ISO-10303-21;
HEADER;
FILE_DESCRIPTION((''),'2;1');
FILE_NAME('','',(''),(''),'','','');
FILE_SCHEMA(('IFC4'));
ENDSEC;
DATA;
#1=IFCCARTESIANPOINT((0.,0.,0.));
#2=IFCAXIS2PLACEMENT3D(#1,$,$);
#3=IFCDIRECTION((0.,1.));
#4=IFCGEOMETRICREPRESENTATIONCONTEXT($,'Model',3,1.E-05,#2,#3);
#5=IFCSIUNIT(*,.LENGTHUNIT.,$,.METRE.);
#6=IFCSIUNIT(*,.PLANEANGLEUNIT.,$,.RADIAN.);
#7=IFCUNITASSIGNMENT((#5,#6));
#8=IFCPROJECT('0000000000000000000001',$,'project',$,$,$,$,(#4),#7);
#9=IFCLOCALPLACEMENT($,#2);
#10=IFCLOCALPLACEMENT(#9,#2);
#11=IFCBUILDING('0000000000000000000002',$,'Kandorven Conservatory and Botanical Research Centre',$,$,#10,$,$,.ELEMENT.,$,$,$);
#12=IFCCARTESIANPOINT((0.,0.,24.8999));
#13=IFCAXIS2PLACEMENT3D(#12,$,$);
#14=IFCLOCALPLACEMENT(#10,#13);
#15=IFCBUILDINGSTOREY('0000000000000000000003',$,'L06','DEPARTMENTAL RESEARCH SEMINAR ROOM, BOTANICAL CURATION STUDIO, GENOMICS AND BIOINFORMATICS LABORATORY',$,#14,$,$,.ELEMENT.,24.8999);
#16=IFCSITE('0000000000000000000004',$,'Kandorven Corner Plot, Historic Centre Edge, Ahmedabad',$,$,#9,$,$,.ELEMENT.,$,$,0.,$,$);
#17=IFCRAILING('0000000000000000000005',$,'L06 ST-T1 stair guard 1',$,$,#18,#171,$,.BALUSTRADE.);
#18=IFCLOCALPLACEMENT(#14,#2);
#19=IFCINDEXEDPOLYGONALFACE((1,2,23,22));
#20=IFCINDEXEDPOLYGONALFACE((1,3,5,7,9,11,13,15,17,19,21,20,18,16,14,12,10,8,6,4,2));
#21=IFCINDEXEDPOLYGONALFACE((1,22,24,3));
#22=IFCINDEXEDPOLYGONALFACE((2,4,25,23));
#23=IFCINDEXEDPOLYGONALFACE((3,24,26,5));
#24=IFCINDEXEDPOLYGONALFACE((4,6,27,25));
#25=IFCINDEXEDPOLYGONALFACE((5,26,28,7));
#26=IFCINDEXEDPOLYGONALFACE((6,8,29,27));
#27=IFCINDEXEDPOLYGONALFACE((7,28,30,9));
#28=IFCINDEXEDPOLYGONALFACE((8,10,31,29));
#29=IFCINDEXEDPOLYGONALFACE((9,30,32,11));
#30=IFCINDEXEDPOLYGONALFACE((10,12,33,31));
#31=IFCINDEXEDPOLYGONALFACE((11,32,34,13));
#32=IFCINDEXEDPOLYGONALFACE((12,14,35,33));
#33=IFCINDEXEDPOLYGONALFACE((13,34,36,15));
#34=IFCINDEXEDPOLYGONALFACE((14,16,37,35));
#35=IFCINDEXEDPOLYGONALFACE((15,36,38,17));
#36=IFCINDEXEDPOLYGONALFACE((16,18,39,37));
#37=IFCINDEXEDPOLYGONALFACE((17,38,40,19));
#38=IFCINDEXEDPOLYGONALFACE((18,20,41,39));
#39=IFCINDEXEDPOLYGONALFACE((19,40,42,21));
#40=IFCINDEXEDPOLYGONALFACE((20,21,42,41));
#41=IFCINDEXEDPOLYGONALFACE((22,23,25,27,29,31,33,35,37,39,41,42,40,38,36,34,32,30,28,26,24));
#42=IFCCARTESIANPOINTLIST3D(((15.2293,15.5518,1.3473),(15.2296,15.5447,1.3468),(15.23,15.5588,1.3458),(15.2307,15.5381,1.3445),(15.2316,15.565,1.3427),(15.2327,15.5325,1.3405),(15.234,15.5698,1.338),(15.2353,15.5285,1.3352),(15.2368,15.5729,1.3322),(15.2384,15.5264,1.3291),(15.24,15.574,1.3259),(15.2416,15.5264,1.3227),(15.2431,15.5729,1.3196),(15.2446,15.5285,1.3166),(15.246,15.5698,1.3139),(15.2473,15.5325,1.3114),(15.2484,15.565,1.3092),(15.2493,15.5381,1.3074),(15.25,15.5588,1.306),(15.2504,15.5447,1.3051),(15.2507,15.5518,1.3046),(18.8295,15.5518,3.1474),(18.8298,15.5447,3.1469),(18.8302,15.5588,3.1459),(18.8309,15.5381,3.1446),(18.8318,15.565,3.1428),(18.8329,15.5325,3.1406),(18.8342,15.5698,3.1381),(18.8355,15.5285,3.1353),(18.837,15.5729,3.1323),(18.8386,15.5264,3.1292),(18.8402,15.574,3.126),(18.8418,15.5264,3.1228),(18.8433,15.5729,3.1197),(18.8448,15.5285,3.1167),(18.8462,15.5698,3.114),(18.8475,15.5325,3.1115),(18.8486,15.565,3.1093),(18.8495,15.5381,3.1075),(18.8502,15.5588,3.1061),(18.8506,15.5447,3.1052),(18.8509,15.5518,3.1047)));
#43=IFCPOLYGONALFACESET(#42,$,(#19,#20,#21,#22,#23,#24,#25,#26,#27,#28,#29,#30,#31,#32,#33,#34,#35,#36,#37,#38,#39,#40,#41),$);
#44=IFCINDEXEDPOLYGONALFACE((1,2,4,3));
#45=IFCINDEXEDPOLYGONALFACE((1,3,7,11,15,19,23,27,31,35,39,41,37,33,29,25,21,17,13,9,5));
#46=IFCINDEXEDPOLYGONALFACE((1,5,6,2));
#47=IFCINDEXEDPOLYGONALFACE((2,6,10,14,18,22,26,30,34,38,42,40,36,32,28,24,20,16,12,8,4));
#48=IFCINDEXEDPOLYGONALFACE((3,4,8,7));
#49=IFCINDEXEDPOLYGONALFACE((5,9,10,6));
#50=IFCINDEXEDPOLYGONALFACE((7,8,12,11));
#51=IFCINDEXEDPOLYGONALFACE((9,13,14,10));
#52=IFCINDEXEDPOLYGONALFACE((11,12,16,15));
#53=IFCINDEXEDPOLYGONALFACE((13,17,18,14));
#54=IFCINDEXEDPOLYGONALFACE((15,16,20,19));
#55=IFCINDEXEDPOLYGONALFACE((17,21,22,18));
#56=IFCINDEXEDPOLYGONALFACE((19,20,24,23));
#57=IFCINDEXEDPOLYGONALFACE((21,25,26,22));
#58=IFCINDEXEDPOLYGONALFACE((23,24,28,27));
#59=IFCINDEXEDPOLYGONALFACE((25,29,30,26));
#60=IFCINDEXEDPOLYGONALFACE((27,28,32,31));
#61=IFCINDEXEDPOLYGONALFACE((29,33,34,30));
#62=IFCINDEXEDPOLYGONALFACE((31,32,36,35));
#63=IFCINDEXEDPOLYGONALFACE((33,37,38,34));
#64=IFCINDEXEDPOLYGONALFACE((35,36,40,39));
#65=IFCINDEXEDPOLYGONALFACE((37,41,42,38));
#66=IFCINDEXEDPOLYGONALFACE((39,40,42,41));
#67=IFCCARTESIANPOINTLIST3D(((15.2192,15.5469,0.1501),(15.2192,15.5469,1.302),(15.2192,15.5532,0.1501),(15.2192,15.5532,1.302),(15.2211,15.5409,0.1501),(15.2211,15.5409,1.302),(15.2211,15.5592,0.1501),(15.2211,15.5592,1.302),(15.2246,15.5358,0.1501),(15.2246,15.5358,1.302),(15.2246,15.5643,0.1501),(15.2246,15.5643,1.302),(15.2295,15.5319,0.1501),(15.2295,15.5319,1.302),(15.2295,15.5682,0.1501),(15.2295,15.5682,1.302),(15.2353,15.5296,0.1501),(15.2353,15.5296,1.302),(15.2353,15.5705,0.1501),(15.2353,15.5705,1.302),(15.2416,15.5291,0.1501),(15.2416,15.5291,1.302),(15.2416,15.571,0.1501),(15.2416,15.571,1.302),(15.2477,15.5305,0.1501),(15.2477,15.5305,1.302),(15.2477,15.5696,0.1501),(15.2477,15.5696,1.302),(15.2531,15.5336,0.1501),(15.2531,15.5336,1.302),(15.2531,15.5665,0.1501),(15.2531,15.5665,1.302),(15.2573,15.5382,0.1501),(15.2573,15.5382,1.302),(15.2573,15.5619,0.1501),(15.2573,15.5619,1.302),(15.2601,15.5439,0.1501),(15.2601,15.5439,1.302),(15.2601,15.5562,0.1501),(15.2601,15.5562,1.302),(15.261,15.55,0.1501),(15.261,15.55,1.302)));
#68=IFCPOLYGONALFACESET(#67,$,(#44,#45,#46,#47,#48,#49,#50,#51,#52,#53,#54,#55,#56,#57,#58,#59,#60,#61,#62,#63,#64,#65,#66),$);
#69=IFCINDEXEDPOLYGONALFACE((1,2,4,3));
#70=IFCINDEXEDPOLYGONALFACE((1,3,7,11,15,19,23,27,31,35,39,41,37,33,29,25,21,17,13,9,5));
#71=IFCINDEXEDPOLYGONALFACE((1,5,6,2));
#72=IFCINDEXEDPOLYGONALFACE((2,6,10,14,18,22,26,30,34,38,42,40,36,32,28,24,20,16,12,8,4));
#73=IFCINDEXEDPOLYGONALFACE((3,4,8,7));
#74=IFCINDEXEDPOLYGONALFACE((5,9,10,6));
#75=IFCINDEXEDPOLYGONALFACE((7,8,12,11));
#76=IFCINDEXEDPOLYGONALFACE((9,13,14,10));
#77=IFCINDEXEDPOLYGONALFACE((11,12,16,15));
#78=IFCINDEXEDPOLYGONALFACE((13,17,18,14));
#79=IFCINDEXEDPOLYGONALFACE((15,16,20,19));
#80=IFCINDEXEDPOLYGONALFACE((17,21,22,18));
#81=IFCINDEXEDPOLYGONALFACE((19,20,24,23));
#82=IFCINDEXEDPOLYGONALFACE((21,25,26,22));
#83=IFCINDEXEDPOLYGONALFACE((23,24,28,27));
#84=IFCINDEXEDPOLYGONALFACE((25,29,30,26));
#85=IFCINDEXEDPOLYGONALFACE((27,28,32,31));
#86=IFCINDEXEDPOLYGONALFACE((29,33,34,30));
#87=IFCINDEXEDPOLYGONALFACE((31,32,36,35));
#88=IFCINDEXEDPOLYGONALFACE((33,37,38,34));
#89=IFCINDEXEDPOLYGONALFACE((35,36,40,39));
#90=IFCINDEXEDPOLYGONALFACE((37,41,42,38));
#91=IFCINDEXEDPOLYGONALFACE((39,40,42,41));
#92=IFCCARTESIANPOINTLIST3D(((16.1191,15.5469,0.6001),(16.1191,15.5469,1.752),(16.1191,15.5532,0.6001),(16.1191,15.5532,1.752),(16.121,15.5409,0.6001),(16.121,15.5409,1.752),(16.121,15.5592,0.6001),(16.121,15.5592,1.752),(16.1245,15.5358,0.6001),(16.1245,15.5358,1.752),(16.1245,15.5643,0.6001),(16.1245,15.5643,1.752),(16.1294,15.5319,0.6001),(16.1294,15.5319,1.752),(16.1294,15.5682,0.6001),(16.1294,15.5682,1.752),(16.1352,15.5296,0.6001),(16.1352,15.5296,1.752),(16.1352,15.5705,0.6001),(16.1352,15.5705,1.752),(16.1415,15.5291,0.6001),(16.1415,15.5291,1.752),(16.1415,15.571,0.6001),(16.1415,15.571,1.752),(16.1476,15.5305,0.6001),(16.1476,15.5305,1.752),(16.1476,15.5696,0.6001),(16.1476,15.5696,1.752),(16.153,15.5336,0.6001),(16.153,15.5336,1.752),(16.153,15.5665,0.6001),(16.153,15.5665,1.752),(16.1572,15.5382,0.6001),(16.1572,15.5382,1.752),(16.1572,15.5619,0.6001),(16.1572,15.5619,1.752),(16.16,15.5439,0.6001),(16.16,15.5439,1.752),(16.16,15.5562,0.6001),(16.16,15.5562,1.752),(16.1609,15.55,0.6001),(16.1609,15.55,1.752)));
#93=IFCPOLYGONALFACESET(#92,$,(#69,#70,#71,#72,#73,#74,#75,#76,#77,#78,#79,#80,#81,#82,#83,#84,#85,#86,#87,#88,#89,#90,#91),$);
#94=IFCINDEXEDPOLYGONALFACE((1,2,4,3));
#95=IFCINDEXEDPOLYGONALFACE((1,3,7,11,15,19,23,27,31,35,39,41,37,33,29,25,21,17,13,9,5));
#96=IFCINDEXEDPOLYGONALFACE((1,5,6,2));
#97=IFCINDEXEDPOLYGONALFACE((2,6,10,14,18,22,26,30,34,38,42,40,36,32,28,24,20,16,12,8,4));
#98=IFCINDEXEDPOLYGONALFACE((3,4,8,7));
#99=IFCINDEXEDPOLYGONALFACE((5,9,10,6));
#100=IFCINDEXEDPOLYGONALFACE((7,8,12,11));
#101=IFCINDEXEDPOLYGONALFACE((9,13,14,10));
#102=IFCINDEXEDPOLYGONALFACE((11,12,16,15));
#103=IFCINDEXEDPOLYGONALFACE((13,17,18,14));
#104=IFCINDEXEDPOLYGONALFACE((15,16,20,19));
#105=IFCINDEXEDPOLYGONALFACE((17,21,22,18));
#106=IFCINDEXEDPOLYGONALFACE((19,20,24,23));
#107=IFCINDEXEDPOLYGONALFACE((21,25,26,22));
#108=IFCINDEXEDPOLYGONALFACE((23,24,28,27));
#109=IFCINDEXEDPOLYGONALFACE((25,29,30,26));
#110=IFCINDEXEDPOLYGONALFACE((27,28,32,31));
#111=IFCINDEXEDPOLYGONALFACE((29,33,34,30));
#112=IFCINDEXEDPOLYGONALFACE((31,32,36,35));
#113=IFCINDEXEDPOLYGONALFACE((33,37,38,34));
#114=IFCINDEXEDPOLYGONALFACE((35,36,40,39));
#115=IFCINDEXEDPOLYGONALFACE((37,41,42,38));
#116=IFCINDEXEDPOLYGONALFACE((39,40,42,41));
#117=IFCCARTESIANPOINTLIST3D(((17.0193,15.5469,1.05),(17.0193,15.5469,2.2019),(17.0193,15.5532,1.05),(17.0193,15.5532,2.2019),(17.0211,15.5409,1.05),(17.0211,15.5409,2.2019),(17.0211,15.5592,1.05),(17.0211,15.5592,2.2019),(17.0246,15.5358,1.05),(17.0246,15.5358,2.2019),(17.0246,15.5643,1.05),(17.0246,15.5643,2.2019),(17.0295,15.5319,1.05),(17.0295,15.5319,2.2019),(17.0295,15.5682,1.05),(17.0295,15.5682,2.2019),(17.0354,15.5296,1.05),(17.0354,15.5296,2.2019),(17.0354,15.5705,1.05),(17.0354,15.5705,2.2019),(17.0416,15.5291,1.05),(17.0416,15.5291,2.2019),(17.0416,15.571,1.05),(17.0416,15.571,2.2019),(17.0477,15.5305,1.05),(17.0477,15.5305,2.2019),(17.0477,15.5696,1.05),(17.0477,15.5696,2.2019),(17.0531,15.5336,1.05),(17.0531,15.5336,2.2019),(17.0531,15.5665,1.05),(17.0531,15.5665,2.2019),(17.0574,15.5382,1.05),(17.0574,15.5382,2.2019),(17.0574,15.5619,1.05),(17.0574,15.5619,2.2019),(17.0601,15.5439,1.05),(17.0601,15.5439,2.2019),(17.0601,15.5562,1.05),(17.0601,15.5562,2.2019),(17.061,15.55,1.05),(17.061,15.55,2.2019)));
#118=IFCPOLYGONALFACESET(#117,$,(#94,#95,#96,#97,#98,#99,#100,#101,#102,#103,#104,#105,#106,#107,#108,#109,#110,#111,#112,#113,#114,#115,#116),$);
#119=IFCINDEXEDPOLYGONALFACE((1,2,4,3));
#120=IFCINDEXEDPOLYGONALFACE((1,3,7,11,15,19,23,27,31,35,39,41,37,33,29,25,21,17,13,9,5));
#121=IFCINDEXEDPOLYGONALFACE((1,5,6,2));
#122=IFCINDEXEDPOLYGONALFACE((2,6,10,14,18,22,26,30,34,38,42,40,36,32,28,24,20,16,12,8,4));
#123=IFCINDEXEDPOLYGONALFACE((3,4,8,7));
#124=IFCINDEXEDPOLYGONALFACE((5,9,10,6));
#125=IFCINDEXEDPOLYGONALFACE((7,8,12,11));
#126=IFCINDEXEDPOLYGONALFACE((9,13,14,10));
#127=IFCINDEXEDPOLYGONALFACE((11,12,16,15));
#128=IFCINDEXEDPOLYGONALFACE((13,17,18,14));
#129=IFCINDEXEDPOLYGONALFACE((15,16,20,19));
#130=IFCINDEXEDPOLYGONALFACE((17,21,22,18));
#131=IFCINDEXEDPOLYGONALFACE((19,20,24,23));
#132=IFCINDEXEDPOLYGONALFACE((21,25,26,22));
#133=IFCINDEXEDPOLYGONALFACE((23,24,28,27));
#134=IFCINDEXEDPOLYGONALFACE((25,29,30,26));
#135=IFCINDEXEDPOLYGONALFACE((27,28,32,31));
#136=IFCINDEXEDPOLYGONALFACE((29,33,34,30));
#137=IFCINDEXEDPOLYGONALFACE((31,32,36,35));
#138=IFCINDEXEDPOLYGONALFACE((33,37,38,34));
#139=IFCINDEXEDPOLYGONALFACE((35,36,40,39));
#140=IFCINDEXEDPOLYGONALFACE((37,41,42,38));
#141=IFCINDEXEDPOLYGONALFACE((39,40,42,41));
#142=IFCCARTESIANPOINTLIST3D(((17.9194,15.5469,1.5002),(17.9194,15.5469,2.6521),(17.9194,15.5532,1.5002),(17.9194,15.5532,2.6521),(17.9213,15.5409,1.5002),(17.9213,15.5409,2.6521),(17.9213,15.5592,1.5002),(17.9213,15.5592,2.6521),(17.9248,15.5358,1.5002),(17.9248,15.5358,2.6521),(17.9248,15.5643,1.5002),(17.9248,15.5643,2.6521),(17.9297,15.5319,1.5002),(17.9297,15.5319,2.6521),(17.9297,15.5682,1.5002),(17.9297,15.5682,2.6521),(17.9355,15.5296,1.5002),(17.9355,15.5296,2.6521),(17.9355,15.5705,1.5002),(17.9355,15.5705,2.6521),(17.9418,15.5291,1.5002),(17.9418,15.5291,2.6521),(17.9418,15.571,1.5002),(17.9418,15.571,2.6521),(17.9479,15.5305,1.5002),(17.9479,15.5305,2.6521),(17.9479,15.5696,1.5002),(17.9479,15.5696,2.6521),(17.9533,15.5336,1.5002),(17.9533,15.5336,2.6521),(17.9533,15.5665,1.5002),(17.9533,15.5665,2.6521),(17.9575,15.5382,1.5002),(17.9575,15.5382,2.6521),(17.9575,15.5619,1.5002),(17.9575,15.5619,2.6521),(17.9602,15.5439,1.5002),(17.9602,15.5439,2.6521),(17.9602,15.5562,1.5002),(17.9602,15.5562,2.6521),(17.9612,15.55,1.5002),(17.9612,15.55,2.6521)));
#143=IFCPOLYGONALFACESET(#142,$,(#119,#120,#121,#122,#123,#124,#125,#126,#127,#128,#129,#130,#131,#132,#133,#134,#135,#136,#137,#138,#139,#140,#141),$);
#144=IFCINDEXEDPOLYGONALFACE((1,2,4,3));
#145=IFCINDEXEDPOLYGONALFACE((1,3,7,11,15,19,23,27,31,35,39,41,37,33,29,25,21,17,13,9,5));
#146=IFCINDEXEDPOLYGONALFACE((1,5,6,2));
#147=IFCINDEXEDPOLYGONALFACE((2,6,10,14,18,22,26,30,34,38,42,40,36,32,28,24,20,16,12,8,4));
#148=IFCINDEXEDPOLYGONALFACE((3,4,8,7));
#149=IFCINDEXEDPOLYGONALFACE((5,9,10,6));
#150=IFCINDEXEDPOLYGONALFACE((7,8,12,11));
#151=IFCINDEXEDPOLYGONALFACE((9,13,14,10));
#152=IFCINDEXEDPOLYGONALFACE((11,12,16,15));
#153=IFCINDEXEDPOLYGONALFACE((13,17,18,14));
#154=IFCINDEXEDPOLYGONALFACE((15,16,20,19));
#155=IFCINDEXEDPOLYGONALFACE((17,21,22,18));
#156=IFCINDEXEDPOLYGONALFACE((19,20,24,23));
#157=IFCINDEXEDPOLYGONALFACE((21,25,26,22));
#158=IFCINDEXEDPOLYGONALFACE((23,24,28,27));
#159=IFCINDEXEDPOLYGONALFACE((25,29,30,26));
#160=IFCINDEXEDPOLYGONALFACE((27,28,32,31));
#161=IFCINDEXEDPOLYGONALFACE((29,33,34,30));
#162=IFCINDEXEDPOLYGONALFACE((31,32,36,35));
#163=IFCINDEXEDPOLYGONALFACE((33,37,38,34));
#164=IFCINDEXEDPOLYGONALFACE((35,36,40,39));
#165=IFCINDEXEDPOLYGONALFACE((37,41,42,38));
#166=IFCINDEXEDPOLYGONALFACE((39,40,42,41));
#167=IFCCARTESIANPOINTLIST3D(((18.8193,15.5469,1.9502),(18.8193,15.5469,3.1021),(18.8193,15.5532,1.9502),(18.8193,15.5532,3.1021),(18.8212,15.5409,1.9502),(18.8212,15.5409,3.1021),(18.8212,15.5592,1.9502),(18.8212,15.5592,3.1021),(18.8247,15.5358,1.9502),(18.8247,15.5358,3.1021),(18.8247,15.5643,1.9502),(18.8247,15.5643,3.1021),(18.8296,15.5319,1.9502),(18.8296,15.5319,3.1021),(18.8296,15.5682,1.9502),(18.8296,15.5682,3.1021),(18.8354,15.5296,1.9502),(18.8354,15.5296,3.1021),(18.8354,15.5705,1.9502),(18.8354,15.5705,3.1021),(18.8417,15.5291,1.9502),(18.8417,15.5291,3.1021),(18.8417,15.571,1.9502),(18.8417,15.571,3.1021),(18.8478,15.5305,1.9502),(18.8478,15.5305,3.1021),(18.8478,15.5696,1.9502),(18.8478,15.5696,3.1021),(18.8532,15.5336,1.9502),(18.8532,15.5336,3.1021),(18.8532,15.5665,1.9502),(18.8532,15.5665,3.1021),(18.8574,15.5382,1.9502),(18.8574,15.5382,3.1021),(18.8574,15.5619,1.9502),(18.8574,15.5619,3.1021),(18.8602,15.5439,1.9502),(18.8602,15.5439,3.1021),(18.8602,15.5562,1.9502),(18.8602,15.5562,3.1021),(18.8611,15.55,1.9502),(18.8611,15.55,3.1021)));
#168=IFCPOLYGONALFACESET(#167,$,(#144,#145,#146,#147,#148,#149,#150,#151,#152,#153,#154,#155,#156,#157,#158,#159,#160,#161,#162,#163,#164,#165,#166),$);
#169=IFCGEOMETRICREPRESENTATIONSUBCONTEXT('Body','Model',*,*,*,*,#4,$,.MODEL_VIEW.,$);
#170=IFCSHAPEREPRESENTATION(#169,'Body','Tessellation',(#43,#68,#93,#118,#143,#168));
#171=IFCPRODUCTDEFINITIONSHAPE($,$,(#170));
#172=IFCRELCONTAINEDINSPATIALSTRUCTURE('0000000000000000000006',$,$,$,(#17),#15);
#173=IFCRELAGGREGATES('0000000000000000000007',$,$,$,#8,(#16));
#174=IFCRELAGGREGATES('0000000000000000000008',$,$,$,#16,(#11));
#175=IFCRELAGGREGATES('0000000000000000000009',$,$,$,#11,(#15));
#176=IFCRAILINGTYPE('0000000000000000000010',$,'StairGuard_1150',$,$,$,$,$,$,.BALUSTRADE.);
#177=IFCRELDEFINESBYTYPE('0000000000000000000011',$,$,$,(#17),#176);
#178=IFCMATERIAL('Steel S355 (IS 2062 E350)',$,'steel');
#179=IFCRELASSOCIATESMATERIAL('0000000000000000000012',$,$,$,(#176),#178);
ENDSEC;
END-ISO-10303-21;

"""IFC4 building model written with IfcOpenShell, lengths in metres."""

from ifc_helpers import new_model, si_unit, direction, frame, origin, origin_2d, place, context, subcontext, project, spatial, circle, extrude, material, type_object, element, save


model = new_model("IFC4")

# Units and contexts
model_context = context("Model", 3, precision=1e-05, world=origin(), true_north=direction((0.0, 1.0)))
body_context = subcontext(model_context, "Body", "Model", "MODEL_VIEW")
ifc_project = project(units=[si_unit("LENGTHUNIT", "METRE"), si_unit("PLANEANGLEUNIT", "RADIAN")], contexts=[model_context])

# Site, building, storey
site_placement = place(None, origin())
site = spatial("IfcSite", under=ifc_project, at=site_placement, Name="Kandorven Corner Plot, Historic Centre Edge, Ahmedabad", CompositionType="ELEMENT", RefElevation=0.0)
building_placement = place(site_placement, origin())
building = spatial("IfcBuilding", under=site, at=building_placement, Name="Kandorven Conservatory and Botanical Research Centre", CompositionType="ELEMENT")
storey_placement = place(building_placement, frame((0.0, 0.0, 24.8999)))
storey = spatial("IfcBuildingStorey", under=building, at=storey_placement, Name="L06", Description="DEPARTMENTAL RESEARCH SEMINAR ROOM, BOTANICAL CURATION STUDIO, GENOMICS AND BIOINFORMATICS LABORATORY", CompositionType="ELEMENT", Elevation=24.8999)

# Railing
ifc_material_1 = material(Name="Steel S355 (IS 2062 E350)", Category="steel")
railing_type_1 = type_object("IfcRailingType", Name="StairGuard_1150", PredefinedType="BALUSTRADE", material=ifc_material_1)
railing_1_placement = place(storey_placement, frame((15.24, 15.55, 0.1501)))
element("IfcRailing", 1, at=railing_1_placement, inside=storey, type_object=railing_type_1, Name="L06 ST-T1 stair guard 1", PredefinedType="BALUSTRADE", context=body_context, shape_type="SweptSolid", body=[
    extrude(circle(Radius=0.0239, at=origin_2d()), frame((0.0, 0.0, 1.1758), z_axis=(0.894427, 0.0, 0.447214), x_axis=(0.0, 1.0, 0.0)), (0.0, 0.0, 1.0), 4.0251),
    extrude(circle(Radius=0.021, at=origin_2d()), origin(), (0.0, 0.0, 1.0), 1.1519),
    extrude(circle(Radius=0.021, at=origin_2d()), frame((0.8999, 0.0, 0.45)), (0.0, 0.0, 1.0), 1.1519),
    extrude(circle(Radius=0.021, at=origin_2d()), frame((1.8, 0.0, 0.8999)), (0.0, 0.0, 1.0), 1.1519),
    extrude(circle(Radius=0.021, at=origin_2d()), frame((2.7002, 0.0, 1.3501)), (0.0, 0.0, 1.0), 1.1519),
    extrude(circle(Radius=0.021, at=origin_2d()), frame((3.6001, 0.0, 1.8)), (0.0, 0.0, 1.0), 1.1519),
])

save(model, "model.ifc")
